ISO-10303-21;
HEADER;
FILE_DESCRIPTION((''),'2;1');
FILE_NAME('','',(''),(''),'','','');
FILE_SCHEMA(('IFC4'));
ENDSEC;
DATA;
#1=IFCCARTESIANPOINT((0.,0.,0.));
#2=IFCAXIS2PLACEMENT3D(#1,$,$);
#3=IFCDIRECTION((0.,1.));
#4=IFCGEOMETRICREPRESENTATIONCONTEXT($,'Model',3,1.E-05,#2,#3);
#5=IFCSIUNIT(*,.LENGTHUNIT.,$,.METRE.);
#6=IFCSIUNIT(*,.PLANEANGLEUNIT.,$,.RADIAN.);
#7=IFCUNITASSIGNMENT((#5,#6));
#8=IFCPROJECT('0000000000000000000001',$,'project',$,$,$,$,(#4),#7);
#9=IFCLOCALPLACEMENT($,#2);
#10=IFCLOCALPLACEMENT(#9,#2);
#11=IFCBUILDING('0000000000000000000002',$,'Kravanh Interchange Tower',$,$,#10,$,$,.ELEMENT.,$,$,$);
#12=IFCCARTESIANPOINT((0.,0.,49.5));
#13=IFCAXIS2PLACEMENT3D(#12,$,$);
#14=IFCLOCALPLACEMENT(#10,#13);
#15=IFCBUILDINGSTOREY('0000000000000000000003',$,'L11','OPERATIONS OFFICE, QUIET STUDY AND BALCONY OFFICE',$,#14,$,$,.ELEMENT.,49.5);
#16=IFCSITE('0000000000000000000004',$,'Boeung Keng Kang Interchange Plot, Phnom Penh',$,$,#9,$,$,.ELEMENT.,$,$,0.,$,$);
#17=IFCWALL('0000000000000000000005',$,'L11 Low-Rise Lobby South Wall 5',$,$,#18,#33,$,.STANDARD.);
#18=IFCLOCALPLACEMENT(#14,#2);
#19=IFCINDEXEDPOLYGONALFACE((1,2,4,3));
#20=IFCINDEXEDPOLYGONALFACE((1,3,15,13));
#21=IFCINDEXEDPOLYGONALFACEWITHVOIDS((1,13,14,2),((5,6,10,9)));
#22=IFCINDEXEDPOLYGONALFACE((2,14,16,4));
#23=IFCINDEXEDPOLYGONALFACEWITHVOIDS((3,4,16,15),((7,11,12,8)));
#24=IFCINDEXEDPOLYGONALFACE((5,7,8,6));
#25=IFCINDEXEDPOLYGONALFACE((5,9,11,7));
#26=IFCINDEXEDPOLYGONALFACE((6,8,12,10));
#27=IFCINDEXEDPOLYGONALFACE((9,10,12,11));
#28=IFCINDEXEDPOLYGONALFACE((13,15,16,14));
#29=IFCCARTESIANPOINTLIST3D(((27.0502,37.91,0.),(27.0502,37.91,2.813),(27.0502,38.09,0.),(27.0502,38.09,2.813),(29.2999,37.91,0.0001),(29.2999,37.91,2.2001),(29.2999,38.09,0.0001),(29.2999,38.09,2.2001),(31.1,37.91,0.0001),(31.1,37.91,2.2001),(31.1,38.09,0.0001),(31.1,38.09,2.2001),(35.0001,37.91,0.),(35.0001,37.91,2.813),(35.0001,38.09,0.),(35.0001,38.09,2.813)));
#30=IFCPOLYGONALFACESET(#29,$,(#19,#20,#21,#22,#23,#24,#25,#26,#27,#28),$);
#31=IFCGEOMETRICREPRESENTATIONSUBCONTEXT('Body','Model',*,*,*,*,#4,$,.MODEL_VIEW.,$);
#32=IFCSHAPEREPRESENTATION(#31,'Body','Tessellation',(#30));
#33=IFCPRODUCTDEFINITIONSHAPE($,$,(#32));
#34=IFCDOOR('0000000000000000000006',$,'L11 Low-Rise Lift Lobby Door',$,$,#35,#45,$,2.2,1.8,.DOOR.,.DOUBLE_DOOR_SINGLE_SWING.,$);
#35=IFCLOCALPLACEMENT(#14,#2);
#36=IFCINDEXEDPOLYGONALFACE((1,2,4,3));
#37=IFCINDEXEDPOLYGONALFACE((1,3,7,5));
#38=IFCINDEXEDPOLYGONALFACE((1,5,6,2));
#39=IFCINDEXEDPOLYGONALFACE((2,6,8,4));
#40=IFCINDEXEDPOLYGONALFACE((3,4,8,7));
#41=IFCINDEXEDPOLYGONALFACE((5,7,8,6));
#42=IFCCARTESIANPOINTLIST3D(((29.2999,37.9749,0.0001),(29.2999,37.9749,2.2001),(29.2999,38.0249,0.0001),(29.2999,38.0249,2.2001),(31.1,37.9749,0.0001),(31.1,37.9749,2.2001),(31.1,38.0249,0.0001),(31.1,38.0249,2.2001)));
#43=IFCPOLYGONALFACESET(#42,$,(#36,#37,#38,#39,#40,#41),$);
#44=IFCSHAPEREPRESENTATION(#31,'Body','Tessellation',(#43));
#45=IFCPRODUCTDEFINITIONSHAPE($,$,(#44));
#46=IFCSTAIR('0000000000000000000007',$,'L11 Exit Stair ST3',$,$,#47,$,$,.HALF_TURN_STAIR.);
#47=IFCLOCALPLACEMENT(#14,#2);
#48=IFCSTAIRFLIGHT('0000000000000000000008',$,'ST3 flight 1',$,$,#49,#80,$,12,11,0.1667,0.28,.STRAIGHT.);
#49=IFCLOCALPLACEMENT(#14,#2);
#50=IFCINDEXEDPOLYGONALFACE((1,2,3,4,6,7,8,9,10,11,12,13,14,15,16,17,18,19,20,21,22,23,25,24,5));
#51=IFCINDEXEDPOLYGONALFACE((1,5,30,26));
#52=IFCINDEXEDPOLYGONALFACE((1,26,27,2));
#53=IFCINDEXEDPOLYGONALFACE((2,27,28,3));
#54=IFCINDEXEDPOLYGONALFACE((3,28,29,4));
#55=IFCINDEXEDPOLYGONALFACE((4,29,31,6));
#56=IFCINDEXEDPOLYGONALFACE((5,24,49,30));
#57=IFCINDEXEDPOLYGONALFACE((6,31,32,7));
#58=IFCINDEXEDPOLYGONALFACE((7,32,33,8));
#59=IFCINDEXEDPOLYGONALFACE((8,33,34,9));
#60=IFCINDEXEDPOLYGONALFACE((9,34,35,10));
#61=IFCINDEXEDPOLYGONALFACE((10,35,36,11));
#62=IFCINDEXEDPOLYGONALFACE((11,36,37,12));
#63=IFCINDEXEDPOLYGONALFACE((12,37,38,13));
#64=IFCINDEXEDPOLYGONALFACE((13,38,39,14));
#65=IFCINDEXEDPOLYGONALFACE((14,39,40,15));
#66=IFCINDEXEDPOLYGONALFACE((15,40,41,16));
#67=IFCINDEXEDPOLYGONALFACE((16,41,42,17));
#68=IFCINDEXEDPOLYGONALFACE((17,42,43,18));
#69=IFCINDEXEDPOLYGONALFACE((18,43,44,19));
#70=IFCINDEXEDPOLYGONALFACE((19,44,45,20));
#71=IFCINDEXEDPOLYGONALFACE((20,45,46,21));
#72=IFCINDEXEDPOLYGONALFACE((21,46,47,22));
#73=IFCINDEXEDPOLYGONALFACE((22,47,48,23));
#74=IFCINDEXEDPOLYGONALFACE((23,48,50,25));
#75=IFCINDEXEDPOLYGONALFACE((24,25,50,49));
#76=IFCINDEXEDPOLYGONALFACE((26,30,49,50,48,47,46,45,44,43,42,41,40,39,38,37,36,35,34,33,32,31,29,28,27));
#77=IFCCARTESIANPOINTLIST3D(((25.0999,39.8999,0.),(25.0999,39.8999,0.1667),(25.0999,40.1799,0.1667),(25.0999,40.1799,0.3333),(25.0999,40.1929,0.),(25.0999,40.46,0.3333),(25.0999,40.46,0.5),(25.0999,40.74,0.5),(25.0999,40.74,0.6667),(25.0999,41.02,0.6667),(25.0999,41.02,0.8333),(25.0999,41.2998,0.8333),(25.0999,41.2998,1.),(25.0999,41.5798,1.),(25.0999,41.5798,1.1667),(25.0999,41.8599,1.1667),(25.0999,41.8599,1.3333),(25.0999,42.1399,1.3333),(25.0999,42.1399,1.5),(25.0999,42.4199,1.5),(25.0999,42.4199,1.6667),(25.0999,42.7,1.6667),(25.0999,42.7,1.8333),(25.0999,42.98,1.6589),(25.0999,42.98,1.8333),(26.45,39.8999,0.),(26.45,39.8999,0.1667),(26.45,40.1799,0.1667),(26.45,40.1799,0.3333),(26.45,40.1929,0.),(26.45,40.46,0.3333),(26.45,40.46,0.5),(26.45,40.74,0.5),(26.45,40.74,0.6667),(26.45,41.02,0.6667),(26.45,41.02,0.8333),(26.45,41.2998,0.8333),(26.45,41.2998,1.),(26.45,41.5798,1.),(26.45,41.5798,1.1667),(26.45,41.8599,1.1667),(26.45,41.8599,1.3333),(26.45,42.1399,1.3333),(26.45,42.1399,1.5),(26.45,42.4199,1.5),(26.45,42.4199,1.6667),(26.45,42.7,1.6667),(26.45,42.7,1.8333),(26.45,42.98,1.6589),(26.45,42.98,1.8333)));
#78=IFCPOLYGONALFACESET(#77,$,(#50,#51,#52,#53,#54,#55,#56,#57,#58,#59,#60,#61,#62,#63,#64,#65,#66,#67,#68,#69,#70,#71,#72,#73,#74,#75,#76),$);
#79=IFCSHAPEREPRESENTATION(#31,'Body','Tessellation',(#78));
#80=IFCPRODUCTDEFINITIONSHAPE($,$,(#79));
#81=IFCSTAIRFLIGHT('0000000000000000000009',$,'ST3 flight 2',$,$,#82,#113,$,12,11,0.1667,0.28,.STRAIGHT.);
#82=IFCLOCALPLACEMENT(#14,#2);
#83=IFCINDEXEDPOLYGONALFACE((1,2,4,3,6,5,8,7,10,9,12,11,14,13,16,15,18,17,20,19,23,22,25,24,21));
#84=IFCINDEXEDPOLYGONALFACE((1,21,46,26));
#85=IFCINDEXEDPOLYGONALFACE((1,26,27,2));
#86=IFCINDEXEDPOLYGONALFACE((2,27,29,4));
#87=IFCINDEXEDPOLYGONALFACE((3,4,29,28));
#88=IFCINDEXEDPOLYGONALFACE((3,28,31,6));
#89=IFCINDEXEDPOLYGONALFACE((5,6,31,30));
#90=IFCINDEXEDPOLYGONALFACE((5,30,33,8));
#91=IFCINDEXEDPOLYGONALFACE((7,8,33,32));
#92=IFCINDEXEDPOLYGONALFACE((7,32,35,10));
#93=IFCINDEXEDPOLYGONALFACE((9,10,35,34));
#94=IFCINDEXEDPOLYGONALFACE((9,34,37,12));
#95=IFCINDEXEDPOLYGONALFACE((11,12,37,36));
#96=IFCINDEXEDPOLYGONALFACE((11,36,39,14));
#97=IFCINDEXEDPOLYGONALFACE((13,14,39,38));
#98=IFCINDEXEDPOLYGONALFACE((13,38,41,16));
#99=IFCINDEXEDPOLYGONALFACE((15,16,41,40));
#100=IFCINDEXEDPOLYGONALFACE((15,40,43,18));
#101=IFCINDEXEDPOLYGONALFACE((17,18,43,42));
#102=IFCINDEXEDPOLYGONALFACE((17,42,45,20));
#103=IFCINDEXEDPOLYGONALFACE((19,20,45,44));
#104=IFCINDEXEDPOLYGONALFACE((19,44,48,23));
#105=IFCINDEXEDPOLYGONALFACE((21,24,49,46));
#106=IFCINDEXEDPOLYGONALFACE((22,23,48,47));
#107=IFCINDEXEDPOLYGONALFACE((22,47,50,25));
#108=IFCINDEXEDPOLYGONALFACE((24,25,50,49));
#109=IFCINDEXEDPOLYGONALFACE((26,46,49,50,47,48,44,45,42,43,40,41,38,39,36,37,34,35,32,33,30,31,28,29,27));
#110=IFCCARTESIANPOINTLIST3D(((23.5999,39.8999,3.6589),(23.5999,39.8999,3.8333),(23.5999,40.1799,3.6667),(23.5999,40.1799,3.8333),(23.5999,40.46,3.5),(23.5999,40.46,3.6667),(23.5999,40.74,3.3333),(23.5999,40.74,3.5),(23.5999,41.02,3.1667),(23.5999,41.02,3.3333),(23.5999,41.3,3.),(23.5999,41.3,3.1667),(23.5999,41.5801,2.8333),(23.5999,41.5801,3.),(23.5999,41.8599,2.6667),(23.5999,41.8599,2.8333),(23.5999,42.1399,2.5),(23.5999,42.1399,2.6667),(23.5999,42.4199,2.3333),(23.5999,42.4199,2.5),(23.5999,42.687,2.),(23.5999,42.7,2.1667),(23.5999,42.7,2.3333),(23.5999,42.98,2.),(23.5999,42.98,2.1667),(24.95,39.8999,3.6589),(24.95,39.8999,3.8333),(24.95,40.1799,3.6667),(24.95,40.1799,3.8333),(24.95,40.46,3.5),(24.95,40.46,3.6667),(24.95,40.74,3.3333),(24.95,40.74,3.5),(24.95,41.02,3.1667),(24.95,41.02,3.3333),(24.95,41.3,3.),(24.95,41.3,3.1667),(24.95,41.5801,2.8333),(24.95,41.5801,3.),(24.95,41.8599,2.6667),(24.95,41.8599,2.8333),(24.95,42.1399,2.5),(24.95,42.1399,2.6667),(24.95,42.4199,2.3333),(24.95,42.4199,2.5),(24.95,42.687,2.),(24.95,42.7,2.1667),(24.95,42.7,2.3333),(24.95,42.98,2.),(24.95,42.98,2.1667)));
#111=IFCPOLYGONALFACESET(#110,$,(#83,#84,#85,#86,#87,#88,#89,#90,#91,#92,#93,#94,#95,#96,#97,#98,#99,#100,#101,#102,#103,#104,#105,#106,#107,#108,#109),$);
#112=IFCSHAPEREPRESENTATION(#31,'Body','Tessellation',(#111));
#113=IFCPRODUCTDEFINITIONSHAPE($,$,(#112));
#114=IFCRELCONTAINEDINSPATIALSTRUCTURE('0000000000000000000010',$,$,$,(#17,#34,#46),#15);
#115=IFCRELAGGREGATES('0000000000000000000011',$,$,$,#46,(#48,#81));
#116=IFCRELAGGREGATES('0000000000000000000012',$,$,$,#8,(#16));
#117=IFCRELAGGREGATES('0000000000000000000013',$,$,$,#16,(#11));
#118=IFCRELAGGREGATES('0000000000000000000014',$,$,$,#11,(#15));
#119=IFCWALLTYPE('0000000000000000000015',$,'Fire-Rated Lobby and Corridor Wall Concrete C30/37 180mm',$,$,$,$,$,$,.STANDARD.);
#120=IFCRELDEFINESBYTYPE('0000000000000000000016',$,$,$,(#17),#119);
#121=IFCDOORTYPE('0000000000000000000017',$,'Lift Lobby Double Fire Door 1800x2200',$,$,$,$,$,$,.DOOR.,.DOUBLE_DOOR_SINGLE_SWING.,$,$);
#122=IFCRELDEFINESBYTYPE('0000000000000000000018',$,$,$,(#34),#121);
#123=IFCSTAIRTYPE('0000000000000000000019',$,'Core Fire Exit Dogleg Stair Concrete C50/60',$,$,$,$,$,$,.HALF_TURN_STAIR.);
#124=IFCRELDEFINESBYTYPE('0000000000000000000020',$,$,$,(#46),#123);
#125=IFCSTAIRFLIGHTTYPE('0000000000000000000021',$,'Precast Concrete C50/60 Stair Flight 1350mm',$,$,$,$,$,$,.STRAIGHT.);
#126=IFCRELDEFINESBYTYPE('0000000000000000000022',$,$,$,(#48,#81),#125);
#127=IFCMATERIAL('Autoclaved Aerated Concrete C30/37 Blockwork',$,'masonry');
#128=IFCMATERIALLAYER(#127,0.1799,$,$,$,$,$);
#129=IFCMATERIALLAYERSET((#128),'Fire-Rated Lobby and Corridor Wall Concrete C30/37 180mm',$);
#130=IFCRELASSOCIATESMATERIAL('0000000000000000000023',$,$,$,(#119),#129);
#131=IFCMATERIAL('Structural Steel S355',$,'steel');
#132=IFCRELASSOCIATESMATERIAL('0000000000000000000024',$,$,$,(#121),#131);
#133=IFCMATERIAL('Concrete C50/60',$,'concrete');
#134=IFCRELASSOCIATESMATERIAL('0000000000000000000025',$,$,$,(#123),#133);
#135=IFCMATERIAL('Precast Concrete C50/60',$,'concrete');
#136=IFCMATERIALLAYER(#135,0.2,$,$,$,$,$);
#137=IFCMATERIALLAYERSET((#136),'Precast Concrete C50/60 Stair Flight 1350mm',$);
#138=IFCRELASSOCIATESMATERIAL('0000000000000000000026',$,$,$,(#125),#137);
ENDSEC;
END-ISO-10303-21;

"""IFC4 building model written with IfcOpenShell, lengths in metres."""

from ifc_helpers import new_model, si_unit, direction, frame, frame_2d, origin, place, context, subcontext, project, spatial, polyline, rectangle, outline, extrude, material, layer, layer_set, type_object, element, fill, aggregate, save


model = new_model("IFC4")

# Units and contexts
model_context = context("Model", 3, precision=1e-05, world=origin(), true_north=direction((0.0, 1.0)))
body_context = subcontext(model_context, "Body", "Model", "MODEL_VIEW")
ifc_project = project(units=[si_unit("LENGTHUNIT", "METRE"), si_unit("PLANEANGLEUNIT", "RADIAN")], contexts=[model_context])

# Site, building, storey
site_placement = place(None, origin())
site = spatial("IfcSite", under=ifc_project, at=site_placement, Name="Boeung Keng Kang Interchange Plot, Phnom Penh", CompositionType="ELEMENT", RefElevation=0.0)
building_placement = place(site_placement, origin())
building = spatial("IfcBuilding", under=site, at=building_placement, Name="Kravanh Interchange Tower", CompositionType="ELEMENT")
storey_placement = place(building_placement, frame((0.0, 0.0, 49.5)))
storey = spatial("IfcBuildingStorey", under=building, at=storey_placement, Name="L11", Description="OPERATIONS OFFICE, QUIET STUDY AND BALCONY OFFICE", CompositionType="ELEMENT", Elevation=49.5)

# Wall, opening, door
ifc_material_1 = material(Name="Autoclaved Aerated Concrete C30/37 Blockwork", Category="masonry")
ifc_layer_1 = layer(ifc_material_1, 0.1799)
ifc_layer_set_1 = layer_set([ifc_layer_1], Name="Fire-Rated Lobby and Corridor Wall Concrete C30/37 180mm")
wall_type_1 = type_object("IfcWallType", Name="Fire-Rated Lobby and Corridor Wall Concrete C30/37 180mm", PredefinedType="STANDARD", material=ifc_layer_set_1)
wall_1_placement = place(storey_placement, frame((27.05, 38.0, 0.0), z_axis=(0.0, 0.0, 1.0), x_axis=(1.0, 0.0, 0.0)))
wall_1 = element("IfcWall", 1, at=wall_1_placement, inside=storey, type_object=wall_type_1, Name="L11 Low-Rise Lobby South Wall 5", PredefinedType="STANDARD", context=body_context, shape_type="SweptSolid", body=[
    extrude(rectangle(XDim=7.95, YDim=0.1799, at=frame_2d((3.9751, 0.0))), origin(), (0.0, 0.0, 1.0), 2.813),
])
opening_1_placement = place(wall_1_placement, frame((2.25, 0.0, 0.0)))
opening_1 = element("IfcOpeningElement", 2, at=opening_1_placement, cuts=wall_1, PredefinedType="OPENING", context=body_context, shape_type="SweptSolid", body=[
    extrude(rectangle(XDim=1.8, YDim=2.2, at=frame_2d((0.8999, 1.1001))), frame((0.0, 0.1001, 0.0), z_axis=(0.0, -1.0, 0.0), x_axis=(1.0, 0.0, 0.0)), (0.0, 0.0, 1.0), 0.2),
])
ifc_material_2 = material(Name="Structural Steel S355", Category="steel")
door_type_1 = type_object("IfcDoorType", Name="Lift Lobby Double Fire Door 1800x2200", OperationType="DOUBLE_DOOR_SINGLE_SWING", PredefinedType="DOOR", material=ifc_material_2)
door_1_placement = place(opening_1_placement, origin())
door_1 = element("IfcDoor", 3, at=door_1_placement, inside=storey, type_object=door_type_1, Name="L11 Low-Rise Lift Lobby Door", OperationType="DOUBLE_DOOR_SINGLE_SWING", OverallHeight=2.2, OverallWidth=1.8, PredefinedType="DOOR", context=body_context, shape_type="SweptSolid", body=[
    extrude(rectangle(XDim=1.8, YDim=2.2, at=frame_2d((0.8999, 1.1001))), frame((0.0, 0.0249, 0.0), z_axis=(0.0, -1.0, 0.0), x_axis=(1.0, 0.0, 0.0)), (0.0, 0.0, 1.0), 0.05),
])
fill(opening_1, door_1)

# Stair, stair flights
ifc_material_3 = material(Name="Concrete C50/60", Category="concrete")
stair_type = type_object("IfcStairType", Name="Core Fire Exit Dogleg Stair Concrete C50/60", PredefinedType="HALF_TURN_STAIR", material=ifc_material_3)
stair_placement = place(storey_placement, origin())
stair = element("IfcStair", 4, at=stair_placement, inside=storey, type_object=stair_type, Name="L11 Exit Stair ST3", PredefinedType="HALF_TURN_STAIR")
ifc_material_4 = material(Name="Precast Concrete C50/60", Category="concrete")
ifc_layer_2 = layer(ifc_material_4, 0.2)
ifc_layer_set_2 = layer_set([ifc_layer_2], Name="Precast Concrete C50/60 Stair Flight 1350mm")
stair_flight_type = type_object("IfcStairFlightType", Name="Precast Concrete C50/60 Stair Flight 1350mm", PredefinedType="STRAIGHT", material=ifc_layer_set_2)
stair_flight_1_placement = place(storey_placement, frame((25.7749, 39.8999, 0.0), z_axis=(0.0, 0.0, 1.0), x_axis=(0.0, 1.0, 0.0)))
stair_flight_1 = element("IfcStairFlight", 5, at=stair_flight_1_placement, type_object=stair_flight_type, Name="ST3 flight 1", NumberOfRisers=12, NumberOfTreads=11, PredefinedType="STRAIGHT", RiserHeight=0.1667, TreadLength=0.28, context=body_context, shape_type="SweptSolid", body=[
    extrude(outline(polyline([(0.0, 0.0), (0.0, 0.1667), (0.28, 0.1667), (0.28, 0.3333), (0.5601, 0.3333), (0.5601, 0.5), (0.8401, 0.5), (0.8401, 0.6667), (1.1201, 0.6667), (1.1201, 0.8333), (1.3999, 0.8333), (1.3999, 1.0), (1.6799, 1.0), (1.6799, 1.1667), (1.96, 1.1667), (1.96, 1.3333), (2.24, 1.3333), (2.24, 1.5), (2.52, 1.5), (2.52, 1.6667), (2.8, 1.6667), (2.8, 1.8333), (3.0801, 1.8333), (3.0801, 2.0), (3.0801, 1.6589), (0.293, 0.0), (0.0, 0.0)])), frame((0.0, 0.675, 0.0), z_axis=(0.0, -1.0, 0.0), x_axis=(1.0, 0.0, 0.0)), (0.0, 0.0, 1.0), 1.3501),
])
stair_flight_2_placement = place(storey_placement, frame((24.2749, 42.98, 2.0), z_axis=(0.0, 0.0, 1.0), x_axis=(0.0, -1.0, 0.0)))
stair_flight_2 = element("IfcStairFlight", 6, at=stair_flight_2_placement, type_object=stair_flight_type, Name="ST3 flight 2", NumberOfRisers=12, NumberOfTreads=11, PredefinedType="STRAIGHT", RiserHeight=0.1667, TreadLength=0.28, context=body_context, shape_type="SweptSolid", body=[
    extrude(outline(polyline([(0.0, 0.0), (0.0, 0.1667), (0.28, 0.1667), (0.28, 0.3333), (0.5601, 0.3333), (0.5601, 0.5), (0.8401, 0.5), (0.8401, 0.6667), (1.1201, 0.6667), (1.1201, 0.8333), (1.3999, 0.8333), (1.3999, 1.0), (1.6799, 1.0), (1.6799, 1.1667), (1.96, 1.1667), (1.96, 1.3333), (2.24, 1.3333), (2.24, 1.5), (2.52, 1.5), (2.52, 1.6667), (2.8, 1.6667), (2.8, 1.8333), (3.0801, 1.8333), (3.0801, 2.0), (3.0801, 1.6589), (0.293, 0.0), (0.0, 0.0)])), frame((0.0, 0.675, 0.0), z_axis=(0.0, -1.0, 0.0), x_axis=(1.0, 0.0, 0.0)), (0.0, 0.0, 1.0), 1.3501),
])
aggregate(stair, [stair_flight_1, stair_flight_2])

save(model, "model.ifc")
